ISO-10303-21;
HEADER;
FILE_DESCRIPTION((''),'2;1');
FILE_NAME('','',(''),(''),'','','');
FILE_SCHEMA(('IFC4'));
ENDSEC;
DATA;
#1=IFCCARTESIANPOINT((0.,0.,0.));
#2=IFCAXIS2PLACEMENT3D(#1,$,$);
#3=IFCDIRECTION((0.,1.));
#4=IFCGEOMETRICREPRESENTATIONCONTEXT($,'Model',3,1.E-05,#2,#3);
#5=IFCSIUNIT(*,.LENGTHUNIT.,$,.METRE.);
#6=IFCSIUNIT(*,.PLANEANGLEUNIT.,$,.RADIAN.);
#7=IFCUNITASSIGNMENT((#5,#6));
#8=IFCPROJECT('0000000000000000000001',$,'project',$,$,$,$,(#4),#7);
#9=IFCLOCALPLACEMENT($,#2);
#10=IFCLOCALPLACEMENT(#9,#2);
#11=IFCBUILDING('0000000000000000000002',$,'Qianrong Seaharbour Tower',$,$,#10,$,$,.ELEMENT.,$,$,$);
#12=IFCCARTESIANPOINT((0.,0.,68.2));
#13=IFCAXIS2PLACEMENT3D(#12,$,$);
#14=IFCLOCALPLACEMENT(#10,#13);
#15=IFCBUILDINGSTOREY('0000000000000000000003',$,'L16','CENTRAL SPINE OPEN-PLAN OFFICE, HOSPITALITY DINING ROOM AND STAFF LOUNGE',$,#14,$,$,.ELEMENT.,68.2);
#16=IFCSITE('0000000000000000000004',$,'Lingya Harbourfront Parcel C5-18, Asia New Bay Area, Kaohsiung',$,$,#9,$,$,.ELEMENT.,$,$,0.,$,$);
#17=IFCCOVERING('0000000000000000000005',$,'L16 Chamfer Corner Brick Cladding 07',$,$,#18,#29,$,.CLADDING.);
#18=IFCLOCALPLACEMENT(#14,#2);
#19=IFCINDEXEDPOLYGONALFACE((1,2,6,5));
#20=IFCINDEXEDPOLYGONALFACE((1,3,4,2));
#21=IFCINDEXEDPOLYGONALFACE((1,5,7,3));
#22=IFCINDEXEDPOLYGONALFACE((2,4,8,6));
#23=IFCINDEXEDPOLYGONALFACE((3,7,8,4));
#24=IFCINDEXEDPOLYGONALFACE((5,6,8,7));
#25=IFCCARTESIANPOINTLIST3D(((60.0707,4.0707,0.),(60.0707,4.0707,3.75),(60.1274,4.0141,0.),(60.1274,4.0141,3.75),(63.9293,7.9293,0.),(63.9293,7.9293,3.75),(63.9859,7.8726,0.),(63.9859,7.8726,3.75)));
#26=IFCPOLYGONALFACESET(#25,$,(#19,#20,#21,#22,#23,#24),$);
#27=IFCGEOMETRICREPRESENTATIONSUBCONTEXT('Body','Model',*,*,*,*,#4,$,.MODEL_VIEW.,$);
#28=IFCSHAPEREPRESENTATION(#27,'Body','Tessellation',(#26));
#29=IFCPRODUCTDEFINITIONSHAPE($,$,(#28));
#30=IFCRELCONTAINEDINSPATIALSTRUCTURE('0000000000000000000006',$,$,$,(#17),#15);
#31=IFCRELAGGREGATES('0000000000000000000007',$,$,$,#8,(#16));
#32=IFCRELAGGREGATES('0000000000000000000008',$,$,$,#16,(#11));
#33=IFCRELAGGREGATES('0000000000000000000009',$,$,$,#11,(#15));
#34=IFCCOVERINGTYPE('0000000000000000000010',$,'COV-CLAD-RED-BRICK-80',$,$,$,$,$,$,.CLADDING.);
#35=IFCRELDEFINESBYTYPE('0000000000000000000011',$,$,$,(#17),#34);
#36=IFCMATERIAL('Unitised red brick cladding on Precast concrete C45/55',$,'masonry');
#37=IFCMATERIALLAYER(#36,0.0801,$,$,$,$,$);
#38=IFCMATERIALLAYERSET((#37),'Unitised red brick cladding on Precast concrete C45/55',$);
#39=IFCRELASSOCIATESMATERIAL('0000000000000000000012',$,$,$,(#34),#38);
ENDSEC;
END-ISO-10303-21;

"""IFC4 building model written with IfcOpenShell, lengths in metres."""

from ifc_helpers import new_model, si_unit, direction, frame, origin, origin_2d, place, context, subcontext, project, spatial, rectangle, extrude, material, layer, layer_set, type_object, element, save


model = new_model("IFC4")

# Units and contexts
model_context = context("Model", 3, precision=1e-05, world=origin(), true_north=direction((0.0, 1.0)))
body_context = subcontext(model_context, "Body", "Model", "MODEL_VIEW")
ifc_project = project(units=[si_unit("LENGTHUNIT", "METRE"), si_unit("PLANEANGLEUNIT", "RADIAN")], contexts=[model_context])

# Site, building, storey
site_placement = place(None, origin())
site = spatial("IfcSite", under=ifc_project, at=site_placement, Name="Lingya Harbourfront Parcel C5-18, Asia New Bay Area, Kaohsiung", CompositionType="ELEMENT", RefElevation=0.0)
building_placement = place(site_placement, origin())
building = spatial("IfcBuilding", under=site, at=building_placement, Name="Qianrong Seaharbour Tower", CompositionType="ELEMENT")
storey_placement = place(building_placement, frame((0.0, 0.0, 68.2)))
storey = spatial("IfcBuildingStorey", under=building, at=storey_placement, Name="L16", Description="CENTRAL SPINE OPEN-PLAN OFFICE, HOSPITALITY DINING ROOM AND STAFF LOUNGE", CompositionType="ELEMENT", Elevation=68.2)

# Covering
ifc_material_1 = material(Name="Unitised red brick cladding on Precast concrete C45/55", Category="masonry")
ifc_layer_1 = layer(ifc_material_1, 0.0801)
ifc_layer_set_1 = layer_set([ifc_layer_1], Name="Unitised red brick cladding on Precast concrete C45/55")
covering_type = type_object("IfcCoveringType", Name="COV-CLAD-RED-BRICK-80", PredefinedType="CLADDING", material=ifc_layer_set_1)
covering_placement = place(storey_placement, frame((62.0283, 5.9717, 0.0), z_axis=(0.0, 0.0, 1.0), x_axis=(-0.707107, -0.707107, 0.0)))
element("IfcCovering", 1, at=covering_placement, inside=storey, type_object=covering_type, Name="L16 Chamfer Corner Brick Cladding 07", PredefinedType="CLADDING", context=body_context, shape_type="SweptSolid", body=[
    extrude(rectangle(XDim=5.4568, YDim=0.0801, at=origin_2d()), origin(), (0.0, 0.0, 1.0), 3.75),
])

save(model, "model.ifc")
